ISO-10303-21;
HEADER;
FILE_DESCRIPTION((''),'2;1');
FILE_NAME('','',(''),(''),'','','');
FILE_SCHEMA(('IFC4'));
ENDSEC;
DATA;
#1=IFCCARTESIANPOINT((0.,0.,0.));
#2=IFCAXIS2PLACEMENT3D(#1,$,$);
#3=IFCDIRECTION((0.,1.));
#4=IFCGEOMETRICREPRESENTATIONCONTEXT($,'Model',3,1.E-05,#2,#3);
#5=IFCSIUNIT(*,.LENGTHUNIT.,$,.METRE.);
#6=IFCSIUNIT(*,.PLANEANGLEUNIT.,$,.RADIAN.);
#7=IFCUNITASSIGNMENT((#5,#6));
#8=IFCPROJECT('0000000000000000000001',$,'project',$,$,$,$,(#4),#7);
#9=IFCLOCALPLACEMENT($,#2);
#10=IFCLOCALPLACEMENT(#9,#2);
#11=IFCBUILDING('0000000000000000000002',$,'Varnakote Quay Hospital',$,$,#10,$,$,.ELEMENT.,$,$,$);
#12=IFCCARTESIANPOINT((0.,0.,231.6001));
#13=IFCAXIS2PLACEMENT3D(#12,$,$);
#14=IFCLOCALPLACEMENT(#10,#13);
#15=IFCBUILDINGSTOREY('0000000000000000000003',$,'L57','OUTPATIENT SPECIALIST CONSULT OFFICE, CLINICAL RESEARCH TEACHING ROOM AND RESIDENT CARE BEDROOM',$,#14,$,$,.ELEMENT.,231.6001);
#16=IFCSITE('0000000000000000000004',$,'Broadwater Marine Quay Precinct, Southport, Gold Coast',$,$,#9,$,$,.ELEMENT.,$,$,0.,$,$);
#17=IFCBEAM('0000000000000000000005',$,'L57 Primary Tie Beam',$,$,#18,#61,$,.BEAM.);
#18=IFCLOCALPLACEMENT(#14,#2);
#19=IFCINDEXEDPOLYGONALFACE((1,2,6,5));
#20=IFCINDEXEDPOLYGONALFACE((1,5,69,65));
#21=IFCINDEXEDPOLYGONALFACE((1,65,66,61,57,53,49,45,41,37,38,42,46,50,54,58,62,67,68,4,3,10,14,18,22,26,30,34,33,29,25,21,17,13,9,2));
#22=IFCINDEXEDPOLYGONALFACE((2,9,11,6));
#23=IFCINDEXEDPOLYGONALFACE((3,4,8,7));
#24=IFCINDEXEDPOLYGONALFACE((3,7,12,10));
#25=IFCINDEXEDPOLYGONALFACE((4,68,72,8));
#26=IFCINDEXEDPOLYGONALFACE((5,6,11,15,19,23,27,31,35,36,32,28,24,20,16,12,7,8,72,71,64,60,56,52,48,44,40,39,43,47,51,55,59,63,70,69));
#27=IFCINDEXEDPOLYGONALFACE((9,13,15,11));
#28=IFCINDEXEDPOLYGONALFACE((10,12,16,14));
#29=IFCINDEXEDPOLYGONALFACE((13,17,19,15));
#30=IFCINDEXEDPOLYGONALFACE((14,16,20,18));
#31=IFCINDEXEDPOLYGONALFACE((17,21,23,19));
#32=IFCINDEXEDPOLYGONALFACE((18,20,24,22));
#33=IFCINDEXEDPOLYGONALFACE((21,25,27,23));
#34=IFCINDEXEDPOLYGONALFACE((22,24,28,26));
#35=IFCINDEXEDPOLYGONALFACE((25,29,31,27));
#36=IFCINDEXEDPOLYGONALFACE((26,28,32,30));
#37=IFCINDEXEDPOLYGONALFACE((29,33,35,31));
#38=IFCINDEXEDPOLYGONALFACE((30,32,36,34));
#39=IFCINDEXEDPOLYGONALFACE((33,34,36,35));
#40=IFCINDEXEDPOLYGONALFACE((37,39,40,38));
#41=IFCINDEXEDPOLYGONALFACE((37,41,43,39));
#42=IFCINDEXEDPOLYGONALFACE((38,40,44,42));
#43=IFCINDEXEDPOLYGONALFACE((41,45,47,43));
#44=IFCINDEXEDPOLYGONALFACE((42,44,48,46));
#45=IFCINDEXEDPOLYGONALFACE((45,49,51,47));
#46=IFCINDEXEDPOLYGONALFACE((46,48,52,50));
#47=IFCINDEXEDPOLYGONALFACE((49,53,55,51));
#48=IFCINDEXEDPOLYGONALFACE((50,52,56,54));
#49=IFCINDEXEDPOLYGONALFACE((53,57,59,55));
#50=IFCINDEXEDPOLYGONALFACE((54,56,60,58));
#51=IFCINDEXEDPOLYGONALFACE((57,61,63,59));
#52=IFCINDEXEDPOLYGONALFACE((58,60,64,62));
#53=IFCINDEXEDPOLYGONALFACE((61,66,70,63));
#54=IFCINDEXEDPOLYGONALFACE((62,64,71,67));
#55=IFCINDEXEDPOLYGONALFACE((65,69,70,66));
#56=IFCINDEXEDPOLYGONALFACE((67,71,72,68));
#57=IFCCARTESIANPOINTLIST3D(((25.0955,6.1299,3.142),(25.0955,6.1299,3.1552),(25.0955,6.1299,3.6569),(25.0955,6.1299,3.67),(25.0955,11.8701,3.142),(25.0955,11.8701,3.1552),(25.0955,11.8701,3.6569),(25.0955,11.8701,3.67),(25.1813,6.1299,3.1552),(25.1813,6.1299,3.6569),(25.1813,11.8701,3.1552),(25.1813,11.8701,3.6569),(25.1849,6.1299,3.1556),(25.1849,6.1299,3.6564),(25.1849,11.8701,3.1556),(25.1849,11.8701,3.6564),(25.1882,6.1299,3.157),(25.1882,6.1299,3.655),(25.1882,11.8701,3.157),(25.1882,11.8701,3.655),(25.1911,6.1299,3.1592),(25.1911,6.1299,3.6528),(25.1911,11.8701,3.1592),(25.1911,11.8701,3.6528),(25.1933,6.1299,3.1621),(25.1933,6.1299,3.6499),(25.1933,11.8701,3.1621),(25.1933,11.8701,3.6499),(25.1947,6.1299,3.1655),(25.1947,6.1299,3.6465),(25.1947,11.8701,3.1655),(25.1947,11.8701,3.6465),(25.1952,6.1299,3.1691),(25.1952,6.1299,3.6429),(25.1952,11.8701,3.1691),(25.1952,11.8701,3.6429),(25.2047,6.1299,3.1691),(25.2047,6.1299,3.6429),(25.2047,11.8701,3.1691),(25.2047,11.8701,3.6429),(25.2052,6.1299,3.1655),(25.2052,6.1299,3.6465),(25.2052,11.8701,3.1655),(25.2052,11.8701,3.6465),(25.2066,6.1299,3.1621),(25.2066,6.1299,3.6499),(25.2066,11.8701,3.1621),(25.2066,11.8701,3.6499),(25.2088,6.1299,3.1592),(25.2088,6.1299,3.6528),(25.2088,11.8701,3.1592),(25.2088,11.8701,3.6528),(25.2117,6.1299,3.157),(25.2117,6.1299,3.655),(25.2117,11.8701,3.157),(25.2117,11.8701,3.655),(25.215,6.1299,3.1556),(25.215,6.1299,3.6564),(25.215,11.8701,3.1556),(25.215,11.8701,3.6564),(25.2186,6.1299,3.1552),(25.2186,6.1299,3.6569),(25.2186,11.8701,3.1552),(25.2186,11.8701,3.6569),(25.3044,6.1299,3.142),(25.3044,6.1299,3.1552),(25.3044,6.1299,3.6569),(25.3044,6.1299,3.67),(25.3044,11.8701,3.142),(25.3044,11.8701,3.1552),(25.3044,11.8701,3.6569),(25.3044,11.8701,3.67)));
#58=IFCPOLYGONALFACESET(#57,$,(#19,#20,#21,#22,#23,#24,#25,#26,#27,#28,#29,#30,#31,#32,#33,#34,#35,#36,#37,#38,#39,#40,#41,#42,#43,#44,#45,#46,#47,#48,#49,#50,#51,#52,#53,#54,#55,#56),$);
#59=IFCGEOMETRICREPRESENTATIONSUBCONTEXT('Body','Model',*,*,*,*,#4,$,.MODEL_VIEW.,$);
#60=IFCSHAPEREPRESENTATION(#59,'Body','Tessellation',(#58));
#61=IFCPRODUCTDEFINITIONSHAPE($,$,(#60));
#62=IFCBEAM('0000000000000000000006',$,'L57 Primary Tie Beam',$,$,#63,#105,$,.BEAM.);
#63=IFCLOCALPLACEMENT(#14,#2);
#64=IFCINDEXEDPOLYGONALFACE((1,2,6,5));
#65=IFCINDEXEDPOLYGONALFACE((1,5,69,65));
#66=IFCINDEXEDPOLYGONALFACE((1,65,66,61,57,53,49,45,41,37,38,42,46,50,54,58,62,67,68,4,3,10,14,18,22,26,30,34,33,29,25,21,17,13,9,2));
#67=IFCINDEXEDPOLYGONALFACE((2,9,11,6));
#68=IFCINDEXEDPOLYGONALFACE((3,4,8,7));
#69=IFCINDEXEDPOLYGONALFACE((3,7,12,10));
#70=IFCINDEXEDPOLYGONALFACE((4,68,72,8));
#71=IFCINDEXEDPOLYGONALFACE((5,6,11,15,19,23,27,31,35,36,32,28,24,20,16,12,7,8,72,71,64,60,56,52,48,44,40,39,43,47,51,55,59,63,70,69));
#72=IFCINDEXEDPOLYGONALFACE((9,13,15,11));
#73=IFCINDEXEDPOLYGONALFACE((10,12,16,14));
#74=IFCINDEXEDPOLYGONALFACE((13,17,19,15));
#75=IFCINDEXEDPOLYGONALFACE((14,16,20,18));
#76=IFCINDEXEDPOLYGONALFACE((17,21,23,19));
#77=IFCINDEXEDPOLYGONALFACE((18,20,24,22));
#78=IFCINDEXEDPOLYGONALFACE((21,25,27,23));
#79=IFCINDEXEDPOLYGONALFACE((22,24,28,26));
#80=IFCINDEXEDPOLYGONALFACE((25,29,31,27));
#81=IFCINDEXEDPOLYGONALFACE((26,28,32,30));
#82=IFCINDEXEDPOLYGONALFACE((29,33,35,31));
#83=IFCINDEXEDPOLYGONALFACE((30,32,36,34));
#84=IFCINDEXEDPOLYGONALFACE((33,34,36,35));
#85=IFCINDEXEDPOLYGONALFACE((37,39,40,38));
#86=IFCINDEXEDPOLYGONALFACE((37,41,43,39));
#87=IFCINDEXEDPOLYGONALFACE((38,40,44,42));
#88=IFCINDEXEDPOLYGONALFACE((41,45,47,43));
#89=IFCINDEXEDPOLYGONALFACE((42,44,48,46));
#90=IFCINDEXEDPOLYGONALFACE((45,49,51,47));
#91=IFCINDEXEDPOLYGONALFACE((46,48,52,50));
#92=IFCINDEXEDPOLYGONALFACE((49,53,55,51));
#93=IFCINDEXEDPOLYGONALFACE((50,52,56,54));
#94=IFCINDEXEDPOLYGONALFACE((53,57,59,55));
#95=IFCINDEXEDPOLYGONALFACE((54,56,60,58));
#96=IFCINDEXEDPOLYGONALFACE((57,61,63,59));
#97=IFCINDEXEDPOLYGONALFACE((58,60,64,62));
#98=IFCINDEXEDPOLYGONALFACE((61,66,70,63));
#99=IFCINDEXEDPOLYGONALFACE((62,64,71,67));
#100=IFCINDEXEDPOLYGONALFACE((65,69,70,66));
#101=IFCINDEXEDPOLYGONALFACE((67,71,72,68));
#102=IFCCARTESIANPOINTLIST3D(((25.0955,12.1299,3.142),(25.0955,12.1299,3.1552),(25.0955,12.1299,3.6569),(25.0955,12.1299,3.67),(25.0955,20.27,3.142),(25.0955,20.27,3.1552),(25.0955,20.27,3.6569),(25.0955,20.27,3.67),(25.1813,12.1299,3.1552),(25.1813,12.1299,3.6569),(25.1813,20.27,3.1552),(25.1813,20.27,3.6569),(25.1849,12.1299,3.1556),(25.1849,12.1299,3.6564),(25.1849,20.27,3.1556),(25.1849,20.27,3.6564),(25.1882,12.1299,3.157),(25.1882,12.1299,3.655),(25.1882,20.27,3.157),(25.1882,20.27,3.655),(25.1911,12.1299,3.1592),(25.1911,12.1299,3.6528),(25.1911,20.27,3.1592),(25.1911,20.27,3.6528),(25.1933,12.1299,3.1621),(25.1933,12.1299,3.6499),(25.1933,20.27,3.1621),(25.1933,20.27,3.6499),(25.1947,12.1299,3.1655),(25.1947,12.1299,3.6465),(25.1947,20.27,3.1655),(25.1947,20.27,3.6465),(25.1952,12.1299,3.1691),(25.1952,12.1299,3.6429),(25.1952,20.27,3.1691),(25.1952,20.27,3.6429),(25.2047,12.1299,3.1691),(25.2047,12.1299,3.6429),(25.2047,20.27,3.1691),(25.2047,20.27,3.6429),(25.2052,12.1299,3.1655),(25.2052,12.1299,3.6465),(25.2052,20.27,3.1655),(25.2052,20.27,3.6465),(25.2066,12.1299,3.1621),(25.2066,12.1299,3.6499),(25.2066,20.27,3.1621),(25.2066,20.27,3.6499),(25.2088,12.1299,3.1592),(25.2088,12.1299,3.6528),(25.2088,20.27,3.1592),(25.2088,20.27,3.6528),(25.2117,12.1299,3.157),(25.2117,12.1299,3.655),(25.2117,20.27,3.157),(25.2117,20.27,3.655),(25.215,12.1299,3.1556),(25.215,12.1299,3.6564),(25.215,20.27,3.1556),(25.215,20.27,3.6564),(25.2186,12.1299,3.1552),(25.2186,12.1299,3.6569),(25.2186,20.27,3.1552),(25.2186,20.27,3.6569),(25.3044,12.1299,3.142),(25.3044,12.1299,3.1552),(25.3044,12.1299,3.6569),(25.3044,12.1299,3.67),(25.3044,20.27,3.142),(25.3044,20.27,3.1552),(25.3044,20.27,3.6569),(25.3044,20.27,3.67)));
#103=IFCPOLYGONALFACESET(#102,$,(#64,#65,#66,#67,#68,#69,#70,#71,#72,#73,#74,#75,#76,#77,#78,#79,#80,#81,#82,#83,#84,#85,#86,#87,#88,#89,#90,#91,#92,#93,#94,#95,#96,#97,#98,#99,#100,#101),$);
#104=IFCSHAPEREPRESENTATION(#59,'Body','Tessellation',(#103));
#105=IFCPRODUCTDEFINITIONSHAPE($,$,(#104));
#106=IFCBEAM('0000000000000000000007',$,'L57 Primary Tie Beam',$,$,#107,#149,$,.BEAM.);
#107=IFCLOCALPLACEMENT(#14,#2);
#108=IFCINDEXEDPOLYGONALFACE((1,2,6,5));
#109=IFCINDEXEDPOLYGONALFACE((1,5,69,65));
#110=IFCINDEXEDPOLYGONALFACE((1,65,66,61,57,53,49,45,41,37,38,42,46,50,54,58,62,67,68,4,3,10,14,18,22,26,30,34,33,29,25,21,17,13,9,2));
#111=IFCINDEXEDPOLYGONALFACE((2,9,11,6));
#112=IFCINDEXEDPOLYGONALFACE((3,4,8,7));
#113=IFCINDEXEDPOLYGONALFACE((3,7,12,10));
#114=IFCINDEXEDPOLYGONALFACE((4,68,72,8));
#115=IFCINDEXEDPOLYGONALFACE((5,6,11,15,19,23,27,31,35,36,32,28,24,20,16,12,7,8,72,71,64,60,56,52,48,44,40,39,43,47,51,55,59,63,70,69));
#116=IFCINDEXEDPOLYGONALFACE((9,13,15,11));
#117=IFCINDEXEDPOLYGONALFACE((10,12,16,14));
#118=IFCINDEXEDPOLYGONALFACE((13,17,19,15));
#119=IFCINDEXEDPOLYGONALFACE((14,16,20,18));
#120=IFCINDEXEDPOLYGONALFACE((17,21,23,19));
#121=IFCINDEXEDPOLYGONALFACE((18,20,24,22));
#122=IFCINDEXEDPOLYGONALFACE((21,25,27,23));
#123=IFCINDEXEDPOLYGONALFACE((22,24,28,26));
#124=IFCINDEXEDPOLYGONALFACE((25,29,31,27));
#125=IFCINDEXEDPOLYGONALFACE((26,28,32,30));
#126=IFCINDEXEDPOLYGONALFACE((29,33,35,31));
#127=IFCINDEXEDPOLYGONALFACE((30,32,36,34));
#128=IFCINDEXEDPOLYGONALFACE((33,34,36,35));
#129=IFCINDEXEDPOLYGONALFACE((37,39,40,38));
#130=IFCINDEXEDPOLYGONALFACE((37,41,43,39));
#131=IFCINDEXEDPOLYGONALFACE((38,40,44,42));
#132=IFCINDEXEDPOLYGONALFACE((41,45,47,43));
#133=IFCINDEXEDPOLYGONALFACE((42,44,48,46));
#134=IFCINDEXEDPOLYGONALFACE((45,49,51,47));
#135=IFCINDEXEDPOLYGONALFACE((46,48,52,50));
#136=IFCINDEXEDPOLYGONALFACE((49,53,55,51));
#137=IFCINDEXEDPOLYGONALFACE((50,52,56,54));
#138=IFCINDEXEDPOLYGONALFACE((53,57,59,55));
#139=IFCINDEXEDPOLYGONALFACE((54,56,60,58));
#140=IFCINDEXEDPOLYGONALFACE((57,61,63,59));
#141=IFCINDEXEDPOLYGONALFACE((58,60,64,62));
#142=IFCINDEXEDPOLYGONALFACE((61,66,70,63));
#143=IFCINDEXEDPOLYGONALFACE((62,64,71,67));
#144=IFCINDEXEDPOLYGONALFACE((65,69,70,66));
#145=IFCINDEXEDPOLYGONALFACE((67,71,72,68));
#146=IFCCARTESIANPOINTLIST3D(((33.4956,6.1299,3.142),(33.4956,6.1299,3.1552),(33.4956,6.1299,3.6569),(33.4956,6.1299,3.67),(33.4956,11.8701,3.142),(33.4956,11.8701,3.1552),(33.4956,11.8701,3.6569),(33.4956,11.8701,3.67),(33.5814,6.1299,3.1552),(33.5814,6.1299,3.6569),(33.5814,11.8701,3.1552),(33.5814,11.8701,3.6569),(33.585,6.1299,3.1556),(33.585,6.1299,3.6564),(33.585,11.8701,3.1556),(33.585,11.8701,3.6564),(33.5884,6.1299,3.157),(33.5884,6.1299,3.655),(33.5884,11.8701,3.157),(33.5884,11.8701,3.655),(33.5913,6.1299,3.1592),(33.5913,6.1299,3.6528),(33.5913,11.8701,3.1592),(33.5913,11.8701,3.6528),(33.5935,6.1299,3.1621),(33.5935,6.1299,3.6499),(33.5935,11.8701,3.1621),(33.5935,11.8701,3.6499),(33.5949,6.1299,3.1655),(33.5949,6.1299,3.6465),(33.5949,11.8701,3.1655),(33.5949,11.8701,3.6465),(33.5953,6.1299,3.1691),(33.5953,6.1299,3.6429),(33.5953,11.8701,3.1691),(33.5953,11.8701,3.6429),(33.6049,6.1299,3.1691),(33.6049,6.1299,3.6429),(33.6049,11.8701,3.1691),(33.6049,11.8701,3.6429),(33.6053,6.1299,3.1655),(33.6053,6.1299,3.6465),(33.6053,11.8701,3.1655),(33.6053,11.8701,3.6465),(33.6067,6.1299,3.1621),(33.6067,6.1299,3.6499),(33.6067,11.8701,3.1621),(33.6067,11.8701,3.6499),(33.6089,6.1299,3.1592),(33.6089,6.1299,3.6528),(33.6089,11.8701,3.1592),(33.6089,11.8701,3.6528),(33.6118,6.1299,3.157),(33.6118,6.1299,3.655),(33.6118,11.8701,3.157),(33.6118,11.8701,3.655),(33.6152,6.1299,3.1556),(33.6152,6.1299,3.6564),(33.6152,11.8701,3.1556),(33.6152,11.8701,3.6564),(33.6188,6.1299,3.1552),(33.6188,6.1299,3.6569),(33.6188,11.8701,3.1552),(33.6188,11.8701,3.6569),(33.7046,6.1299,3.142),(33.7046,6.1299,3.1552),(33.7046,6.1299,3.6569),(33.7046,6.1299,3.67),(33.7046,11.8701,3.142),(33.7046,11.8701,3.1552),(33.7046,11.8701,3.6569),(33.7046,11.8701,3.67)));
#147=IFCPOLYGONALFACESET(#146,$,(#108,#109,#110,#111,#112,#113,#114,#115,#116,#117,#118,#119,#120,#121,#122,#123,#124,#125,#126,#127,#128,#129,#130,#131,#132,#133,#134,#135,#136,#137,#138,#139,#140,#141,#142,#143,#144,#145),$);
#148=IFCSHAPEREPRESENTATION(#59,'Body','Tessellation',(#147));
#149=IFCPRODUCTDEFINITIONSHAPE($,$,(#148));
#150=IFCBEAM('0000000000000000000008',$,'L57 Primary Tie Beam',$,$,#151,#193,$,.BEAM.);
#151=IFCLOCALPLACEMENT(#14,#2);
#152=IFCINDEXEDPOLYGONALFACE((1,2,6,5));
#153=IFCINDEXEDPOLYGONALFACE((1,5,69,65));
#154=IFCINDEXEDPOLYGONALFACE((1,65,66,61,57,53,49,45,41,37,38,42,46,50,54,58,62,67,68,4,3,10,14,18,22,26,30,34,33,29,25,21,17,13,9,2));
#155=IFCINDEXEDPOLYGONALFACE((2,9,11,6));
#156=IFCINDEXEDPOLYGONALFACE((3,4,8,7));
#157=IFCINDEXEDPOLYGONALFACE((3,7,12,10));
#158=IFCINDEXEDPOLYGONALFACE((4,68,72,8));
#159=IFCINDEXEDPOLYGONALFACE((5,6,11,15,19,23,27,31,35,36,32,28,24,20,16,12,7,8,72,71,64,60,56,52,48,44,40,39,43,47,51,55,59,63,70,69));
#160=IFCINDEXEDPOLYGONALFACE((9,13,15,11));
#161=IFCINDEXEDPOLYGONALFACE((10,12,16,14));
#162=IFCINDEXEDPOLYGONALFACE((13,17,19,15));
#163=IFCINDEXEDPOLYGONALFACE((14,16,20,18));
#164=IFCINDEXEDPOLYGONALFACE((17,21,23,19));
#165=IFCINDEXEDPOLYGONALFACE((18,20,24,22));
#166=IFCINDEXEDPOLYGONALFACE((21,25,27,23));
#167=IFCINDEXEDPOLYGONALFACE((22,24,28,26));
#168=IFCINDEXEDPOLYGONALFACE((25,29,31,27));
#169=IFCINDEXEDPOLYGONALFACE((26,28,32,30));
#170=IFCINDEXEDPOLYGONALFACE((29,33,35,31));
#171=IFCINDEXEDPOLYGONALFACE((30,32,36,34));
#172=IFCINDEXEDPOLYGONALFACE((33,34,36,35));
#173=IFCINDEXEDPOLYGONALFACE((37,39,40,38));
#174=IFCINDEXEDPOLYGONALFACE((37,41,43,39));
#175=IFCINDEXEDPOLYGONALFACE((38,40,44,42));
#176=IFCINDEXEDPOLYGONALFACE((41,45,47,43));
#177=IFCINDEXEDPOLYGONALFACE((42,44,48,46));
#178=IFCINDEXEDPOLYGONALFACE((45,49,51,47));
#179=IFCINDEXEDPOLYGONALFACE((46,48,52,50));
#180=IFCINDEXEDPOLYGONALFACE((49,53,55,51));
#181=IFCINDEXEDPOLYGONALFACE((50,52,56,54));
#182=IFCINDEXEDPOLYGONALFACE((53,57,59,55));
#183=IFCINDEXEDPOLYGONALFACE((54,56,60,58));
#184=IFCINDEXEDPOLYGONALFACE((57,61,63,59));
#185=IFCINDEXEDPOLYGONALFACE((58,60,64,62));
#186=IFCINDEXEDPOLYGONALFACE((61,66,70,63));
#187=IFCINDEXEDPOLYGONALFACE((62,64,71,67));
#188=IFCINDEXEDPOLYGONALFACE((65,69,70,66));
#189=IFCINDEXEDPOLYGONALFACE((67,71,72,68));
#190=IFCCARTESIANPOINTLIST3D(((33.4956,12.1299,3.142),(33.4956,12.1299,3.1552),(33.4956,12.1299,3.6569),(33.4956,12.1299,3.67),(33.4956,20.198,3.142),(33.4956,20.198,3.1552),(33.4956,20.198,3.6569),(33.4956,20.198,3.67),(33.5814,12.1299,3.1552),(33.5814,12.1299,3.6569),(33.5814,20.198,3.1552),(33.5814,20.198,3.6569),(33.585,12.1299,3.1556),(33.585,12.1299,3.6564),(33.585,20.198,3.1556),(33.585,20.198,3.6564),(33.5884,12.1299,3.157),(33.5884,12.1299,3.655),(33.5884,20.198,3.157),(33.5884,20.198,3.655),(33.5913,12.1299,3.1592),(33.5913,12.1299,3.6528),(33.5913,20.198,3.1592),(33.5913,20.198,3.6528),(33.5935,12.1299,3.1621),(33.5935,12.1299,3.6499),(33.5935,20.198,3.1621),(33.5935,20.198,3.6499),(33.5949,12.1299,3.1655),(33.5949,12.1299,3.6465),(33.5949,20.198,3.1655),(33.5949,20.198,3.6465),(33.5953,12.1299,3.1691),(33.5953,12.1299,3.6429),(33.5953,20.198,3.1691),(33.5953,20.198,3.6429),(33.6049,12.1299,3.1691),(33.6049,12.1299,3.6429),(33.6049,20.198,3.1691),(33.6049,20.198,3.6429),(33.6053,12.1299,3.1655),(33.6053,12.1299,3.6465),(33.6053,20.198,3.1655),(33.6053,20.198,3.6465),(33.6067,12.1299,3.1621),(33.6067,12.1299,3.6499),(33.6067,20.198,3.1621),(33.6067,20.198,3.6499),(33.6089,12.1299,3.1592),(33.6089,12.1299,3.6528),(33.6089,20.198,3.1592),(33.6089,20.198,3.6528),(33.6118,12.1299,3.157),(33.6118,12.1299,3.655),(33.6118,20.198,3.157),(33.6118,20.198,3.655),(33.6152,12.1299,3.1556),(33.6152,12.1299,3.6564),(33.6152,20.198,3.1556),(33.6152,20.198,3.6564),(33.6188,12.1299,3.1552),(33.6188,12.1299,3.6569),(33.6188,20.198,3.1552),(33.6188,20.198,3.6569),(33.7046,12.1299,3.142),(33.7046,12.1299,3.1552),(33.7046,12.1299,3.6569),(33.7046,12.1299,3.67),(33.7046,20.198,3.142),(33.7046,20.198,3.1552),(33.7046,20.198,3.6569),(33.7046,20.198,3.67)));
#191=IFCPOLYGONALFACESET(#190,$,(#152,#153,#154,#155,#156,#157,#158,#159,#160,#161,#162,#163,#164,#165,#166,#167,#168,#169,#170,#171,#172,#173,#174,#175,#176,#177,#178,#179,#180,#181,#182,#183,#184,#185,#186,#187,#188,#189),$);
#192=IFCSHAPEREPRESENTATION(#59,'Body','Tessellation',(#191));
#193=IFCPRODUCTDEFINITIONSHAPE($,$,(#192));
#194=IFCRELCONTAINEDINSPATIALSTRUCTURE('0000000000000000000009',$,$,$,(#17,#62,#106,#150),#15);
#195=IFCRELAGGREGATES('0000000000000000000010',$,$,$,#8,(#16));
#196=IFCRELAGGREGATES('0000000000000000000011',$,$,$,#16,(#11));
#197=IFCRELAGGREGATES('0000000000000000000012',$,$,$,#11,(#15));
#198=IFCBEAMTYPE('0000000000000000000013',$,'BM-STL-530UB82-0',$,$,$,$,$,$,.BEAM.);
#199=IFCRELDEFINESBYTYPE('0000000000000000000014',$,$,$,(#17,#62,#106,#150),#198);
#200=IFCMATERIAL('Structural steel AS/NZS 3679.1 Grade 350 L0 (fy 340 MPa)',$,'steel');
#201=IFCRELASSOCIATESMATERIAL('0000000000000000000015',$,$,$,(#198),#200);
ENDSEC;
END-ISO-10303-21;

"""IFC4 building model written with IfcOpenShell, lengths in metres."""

from ifc_helpers import new_model, si_unit, direction, frame, origin, origin_2d, place, context, subcontext, project, spatial, i_section, extrude, material, material_profile, profile_set, type_object, element, save


model = new_model("IFC4")

# Units and contexts
model_context = context("Model", 3, precision=1e-05, world=origin(), true_north=direction((0.0, 1.0)))
body_context = subcontext(model_context, "Body", "Model", "MODEL_VIEW")
ifc_project = project(units=[si_unit("LENGTHUNIT", "METRE"), si_unit("PLANEANGLEUNIT", "RADIAN")], contexts=[model_context])

# Site, building, storey
site_placement = place(None, origin())
site = spatial("IfcSite", under=ifc_project, at=site_placement, Name="Broadwater Marine Quay Precinct, Southport, Gold Coast", CompositionType="ELEMENT", RefElevation=0.0)
building_placement = place(site_placement, origin())
building = spatial("IfcBuilding", under=site, at=building_placement, Name="Varnakote Quay Hospital", CompositionType="ELEMENT")
storey_placement = place(building_placement, frame((0.0, 0.0, 231.6001)))
storey = spatial("IfcBuildingStorey", under=building, at=storey_placement, Name="L57", Description="OUTPATIENT SPECIALIST CONSULT OFFICE, CLINICAL RESEARCH TEACHING ROOM AND RESIDENT CARE BEDROOM", CompositionType="ELEMENT", Elevation=231.6001)

# Beams
ifc_material_1 = material(Name="Structural steel AS/NZS 3679.1 Grade 350 L0 (fy 340 MPa)", Category="steel")
ifc_material_profile_1 = material_profile(ifc_material_1, i_section(OverallWidth=0.209, OverallDepth=0.5281, WebThickness=0.0095, FlangeThickness=0.0132, FilletRadius=0.0139, at=origin_2d()), Name="530UB82.0")
ifc_profile_set_1 = profile_set([ifc_material_profile_1], Name="Structural steel AS/NZS 3679.1 Grade 350 L0 (fy 340 MPa)")
beam_type_1 = type_object("IfcBeamType", Name="BM-STL-530UB82-0", PredefinedType="BEAM", material=ifc_profile_set_1)
beam_1_placement = place(storey_placement, frame((25.2, 6.1299, 3.406), z_axis=(0.0, 1.0, 0.0), x_axis=(-1.0, 0.0, 0.0)))
element("IfcBeam", 1, at=beam_1_placement, inside=storey, type_object=beam_type_1, Name="L57 Primary Tie Beam", PredefinedType="BEAM", context=body_context, shape_type="SweptSolid", body=[
    extrude(i_section(OverallWidth=0.209, OverallDepth=0.5281, WebThickness=0.0095, FlangeThickness=0.0132, FilletRadius=0.0139, at=origin_2d()), origin(), (0.0, 0.0, 1.0), 5.7402),
])
beam_2_placement = place(storey_placement, frame((25.2, 12.1299, 3.406), z_axis=(0.0, 1.0, 0.0), x_axis=(-1.0, 0.0, 0.0)))
element("IfcBeam", 2, at=beam_2_placement, inside=storey, type_object=beam_type_1, Name="L57 Primary Tie Beam", PredefinedType="BEAM", context=body_context, shape_type="SweptSolid", body=[
    extrude(i_section(OverallWidth=0.209, OverallDepth=0.5281, WebThickness=0.0095, FlangeThickness=0.0132, FilletRadius=0.0139, at=origin_2d()), origin(), (0.0, 0.0, 1.0), 8.1401),
])
beam_3_placement = place(storey_placement, frame((33.6001, 6.1299, 3.406), z_axis=(0.0, 1.0, 0.0), x_axis=(-1.0, 0.0, 0.0)))
element("IfcBeam", 3, at=beam_3_placement, inside=storey, type_object=beam_type_1, Name="L57 Primary Tie Beam", PredefinedType="BEAM", context=body_context, shape_type="SweptSolid", body=[
    extrude(i_section(OverallWidth=0.209, OverallDepth=0.5281, WebThickness=0.0095, FlangeThickness=0.0132, FilletRadius=0.0139, at=origin_2d()), origin(), (0.0, 0.0, 1.0), 5.7402),
])
beam_4_placement = place(storey_placement, frame((33.6001, 12.1299, 3.406), z_axis=(0.0, 1.0, 0.0), x_axis=(-1.0, 0.0, 0.0)))
element("IfcBeam", 4, at=beam_4_placement, inside=storey, type_object=beam_type_1, Name="L57 Primary Tie Beam", PredefinedType="BEAM", context=body_context, shape_type="SweptSolid", body=[
    extrude(i_section(OverallWidth=0.209, OverallDepth=0.5281, WebThickness=0.0095, FlangeThickness=0.0132, FilletRadius=0.0139, at=origin_2d()), origin(), (0.0, 0.0, 1.0), 8.0681),
])

save(model, "model.ifc")
